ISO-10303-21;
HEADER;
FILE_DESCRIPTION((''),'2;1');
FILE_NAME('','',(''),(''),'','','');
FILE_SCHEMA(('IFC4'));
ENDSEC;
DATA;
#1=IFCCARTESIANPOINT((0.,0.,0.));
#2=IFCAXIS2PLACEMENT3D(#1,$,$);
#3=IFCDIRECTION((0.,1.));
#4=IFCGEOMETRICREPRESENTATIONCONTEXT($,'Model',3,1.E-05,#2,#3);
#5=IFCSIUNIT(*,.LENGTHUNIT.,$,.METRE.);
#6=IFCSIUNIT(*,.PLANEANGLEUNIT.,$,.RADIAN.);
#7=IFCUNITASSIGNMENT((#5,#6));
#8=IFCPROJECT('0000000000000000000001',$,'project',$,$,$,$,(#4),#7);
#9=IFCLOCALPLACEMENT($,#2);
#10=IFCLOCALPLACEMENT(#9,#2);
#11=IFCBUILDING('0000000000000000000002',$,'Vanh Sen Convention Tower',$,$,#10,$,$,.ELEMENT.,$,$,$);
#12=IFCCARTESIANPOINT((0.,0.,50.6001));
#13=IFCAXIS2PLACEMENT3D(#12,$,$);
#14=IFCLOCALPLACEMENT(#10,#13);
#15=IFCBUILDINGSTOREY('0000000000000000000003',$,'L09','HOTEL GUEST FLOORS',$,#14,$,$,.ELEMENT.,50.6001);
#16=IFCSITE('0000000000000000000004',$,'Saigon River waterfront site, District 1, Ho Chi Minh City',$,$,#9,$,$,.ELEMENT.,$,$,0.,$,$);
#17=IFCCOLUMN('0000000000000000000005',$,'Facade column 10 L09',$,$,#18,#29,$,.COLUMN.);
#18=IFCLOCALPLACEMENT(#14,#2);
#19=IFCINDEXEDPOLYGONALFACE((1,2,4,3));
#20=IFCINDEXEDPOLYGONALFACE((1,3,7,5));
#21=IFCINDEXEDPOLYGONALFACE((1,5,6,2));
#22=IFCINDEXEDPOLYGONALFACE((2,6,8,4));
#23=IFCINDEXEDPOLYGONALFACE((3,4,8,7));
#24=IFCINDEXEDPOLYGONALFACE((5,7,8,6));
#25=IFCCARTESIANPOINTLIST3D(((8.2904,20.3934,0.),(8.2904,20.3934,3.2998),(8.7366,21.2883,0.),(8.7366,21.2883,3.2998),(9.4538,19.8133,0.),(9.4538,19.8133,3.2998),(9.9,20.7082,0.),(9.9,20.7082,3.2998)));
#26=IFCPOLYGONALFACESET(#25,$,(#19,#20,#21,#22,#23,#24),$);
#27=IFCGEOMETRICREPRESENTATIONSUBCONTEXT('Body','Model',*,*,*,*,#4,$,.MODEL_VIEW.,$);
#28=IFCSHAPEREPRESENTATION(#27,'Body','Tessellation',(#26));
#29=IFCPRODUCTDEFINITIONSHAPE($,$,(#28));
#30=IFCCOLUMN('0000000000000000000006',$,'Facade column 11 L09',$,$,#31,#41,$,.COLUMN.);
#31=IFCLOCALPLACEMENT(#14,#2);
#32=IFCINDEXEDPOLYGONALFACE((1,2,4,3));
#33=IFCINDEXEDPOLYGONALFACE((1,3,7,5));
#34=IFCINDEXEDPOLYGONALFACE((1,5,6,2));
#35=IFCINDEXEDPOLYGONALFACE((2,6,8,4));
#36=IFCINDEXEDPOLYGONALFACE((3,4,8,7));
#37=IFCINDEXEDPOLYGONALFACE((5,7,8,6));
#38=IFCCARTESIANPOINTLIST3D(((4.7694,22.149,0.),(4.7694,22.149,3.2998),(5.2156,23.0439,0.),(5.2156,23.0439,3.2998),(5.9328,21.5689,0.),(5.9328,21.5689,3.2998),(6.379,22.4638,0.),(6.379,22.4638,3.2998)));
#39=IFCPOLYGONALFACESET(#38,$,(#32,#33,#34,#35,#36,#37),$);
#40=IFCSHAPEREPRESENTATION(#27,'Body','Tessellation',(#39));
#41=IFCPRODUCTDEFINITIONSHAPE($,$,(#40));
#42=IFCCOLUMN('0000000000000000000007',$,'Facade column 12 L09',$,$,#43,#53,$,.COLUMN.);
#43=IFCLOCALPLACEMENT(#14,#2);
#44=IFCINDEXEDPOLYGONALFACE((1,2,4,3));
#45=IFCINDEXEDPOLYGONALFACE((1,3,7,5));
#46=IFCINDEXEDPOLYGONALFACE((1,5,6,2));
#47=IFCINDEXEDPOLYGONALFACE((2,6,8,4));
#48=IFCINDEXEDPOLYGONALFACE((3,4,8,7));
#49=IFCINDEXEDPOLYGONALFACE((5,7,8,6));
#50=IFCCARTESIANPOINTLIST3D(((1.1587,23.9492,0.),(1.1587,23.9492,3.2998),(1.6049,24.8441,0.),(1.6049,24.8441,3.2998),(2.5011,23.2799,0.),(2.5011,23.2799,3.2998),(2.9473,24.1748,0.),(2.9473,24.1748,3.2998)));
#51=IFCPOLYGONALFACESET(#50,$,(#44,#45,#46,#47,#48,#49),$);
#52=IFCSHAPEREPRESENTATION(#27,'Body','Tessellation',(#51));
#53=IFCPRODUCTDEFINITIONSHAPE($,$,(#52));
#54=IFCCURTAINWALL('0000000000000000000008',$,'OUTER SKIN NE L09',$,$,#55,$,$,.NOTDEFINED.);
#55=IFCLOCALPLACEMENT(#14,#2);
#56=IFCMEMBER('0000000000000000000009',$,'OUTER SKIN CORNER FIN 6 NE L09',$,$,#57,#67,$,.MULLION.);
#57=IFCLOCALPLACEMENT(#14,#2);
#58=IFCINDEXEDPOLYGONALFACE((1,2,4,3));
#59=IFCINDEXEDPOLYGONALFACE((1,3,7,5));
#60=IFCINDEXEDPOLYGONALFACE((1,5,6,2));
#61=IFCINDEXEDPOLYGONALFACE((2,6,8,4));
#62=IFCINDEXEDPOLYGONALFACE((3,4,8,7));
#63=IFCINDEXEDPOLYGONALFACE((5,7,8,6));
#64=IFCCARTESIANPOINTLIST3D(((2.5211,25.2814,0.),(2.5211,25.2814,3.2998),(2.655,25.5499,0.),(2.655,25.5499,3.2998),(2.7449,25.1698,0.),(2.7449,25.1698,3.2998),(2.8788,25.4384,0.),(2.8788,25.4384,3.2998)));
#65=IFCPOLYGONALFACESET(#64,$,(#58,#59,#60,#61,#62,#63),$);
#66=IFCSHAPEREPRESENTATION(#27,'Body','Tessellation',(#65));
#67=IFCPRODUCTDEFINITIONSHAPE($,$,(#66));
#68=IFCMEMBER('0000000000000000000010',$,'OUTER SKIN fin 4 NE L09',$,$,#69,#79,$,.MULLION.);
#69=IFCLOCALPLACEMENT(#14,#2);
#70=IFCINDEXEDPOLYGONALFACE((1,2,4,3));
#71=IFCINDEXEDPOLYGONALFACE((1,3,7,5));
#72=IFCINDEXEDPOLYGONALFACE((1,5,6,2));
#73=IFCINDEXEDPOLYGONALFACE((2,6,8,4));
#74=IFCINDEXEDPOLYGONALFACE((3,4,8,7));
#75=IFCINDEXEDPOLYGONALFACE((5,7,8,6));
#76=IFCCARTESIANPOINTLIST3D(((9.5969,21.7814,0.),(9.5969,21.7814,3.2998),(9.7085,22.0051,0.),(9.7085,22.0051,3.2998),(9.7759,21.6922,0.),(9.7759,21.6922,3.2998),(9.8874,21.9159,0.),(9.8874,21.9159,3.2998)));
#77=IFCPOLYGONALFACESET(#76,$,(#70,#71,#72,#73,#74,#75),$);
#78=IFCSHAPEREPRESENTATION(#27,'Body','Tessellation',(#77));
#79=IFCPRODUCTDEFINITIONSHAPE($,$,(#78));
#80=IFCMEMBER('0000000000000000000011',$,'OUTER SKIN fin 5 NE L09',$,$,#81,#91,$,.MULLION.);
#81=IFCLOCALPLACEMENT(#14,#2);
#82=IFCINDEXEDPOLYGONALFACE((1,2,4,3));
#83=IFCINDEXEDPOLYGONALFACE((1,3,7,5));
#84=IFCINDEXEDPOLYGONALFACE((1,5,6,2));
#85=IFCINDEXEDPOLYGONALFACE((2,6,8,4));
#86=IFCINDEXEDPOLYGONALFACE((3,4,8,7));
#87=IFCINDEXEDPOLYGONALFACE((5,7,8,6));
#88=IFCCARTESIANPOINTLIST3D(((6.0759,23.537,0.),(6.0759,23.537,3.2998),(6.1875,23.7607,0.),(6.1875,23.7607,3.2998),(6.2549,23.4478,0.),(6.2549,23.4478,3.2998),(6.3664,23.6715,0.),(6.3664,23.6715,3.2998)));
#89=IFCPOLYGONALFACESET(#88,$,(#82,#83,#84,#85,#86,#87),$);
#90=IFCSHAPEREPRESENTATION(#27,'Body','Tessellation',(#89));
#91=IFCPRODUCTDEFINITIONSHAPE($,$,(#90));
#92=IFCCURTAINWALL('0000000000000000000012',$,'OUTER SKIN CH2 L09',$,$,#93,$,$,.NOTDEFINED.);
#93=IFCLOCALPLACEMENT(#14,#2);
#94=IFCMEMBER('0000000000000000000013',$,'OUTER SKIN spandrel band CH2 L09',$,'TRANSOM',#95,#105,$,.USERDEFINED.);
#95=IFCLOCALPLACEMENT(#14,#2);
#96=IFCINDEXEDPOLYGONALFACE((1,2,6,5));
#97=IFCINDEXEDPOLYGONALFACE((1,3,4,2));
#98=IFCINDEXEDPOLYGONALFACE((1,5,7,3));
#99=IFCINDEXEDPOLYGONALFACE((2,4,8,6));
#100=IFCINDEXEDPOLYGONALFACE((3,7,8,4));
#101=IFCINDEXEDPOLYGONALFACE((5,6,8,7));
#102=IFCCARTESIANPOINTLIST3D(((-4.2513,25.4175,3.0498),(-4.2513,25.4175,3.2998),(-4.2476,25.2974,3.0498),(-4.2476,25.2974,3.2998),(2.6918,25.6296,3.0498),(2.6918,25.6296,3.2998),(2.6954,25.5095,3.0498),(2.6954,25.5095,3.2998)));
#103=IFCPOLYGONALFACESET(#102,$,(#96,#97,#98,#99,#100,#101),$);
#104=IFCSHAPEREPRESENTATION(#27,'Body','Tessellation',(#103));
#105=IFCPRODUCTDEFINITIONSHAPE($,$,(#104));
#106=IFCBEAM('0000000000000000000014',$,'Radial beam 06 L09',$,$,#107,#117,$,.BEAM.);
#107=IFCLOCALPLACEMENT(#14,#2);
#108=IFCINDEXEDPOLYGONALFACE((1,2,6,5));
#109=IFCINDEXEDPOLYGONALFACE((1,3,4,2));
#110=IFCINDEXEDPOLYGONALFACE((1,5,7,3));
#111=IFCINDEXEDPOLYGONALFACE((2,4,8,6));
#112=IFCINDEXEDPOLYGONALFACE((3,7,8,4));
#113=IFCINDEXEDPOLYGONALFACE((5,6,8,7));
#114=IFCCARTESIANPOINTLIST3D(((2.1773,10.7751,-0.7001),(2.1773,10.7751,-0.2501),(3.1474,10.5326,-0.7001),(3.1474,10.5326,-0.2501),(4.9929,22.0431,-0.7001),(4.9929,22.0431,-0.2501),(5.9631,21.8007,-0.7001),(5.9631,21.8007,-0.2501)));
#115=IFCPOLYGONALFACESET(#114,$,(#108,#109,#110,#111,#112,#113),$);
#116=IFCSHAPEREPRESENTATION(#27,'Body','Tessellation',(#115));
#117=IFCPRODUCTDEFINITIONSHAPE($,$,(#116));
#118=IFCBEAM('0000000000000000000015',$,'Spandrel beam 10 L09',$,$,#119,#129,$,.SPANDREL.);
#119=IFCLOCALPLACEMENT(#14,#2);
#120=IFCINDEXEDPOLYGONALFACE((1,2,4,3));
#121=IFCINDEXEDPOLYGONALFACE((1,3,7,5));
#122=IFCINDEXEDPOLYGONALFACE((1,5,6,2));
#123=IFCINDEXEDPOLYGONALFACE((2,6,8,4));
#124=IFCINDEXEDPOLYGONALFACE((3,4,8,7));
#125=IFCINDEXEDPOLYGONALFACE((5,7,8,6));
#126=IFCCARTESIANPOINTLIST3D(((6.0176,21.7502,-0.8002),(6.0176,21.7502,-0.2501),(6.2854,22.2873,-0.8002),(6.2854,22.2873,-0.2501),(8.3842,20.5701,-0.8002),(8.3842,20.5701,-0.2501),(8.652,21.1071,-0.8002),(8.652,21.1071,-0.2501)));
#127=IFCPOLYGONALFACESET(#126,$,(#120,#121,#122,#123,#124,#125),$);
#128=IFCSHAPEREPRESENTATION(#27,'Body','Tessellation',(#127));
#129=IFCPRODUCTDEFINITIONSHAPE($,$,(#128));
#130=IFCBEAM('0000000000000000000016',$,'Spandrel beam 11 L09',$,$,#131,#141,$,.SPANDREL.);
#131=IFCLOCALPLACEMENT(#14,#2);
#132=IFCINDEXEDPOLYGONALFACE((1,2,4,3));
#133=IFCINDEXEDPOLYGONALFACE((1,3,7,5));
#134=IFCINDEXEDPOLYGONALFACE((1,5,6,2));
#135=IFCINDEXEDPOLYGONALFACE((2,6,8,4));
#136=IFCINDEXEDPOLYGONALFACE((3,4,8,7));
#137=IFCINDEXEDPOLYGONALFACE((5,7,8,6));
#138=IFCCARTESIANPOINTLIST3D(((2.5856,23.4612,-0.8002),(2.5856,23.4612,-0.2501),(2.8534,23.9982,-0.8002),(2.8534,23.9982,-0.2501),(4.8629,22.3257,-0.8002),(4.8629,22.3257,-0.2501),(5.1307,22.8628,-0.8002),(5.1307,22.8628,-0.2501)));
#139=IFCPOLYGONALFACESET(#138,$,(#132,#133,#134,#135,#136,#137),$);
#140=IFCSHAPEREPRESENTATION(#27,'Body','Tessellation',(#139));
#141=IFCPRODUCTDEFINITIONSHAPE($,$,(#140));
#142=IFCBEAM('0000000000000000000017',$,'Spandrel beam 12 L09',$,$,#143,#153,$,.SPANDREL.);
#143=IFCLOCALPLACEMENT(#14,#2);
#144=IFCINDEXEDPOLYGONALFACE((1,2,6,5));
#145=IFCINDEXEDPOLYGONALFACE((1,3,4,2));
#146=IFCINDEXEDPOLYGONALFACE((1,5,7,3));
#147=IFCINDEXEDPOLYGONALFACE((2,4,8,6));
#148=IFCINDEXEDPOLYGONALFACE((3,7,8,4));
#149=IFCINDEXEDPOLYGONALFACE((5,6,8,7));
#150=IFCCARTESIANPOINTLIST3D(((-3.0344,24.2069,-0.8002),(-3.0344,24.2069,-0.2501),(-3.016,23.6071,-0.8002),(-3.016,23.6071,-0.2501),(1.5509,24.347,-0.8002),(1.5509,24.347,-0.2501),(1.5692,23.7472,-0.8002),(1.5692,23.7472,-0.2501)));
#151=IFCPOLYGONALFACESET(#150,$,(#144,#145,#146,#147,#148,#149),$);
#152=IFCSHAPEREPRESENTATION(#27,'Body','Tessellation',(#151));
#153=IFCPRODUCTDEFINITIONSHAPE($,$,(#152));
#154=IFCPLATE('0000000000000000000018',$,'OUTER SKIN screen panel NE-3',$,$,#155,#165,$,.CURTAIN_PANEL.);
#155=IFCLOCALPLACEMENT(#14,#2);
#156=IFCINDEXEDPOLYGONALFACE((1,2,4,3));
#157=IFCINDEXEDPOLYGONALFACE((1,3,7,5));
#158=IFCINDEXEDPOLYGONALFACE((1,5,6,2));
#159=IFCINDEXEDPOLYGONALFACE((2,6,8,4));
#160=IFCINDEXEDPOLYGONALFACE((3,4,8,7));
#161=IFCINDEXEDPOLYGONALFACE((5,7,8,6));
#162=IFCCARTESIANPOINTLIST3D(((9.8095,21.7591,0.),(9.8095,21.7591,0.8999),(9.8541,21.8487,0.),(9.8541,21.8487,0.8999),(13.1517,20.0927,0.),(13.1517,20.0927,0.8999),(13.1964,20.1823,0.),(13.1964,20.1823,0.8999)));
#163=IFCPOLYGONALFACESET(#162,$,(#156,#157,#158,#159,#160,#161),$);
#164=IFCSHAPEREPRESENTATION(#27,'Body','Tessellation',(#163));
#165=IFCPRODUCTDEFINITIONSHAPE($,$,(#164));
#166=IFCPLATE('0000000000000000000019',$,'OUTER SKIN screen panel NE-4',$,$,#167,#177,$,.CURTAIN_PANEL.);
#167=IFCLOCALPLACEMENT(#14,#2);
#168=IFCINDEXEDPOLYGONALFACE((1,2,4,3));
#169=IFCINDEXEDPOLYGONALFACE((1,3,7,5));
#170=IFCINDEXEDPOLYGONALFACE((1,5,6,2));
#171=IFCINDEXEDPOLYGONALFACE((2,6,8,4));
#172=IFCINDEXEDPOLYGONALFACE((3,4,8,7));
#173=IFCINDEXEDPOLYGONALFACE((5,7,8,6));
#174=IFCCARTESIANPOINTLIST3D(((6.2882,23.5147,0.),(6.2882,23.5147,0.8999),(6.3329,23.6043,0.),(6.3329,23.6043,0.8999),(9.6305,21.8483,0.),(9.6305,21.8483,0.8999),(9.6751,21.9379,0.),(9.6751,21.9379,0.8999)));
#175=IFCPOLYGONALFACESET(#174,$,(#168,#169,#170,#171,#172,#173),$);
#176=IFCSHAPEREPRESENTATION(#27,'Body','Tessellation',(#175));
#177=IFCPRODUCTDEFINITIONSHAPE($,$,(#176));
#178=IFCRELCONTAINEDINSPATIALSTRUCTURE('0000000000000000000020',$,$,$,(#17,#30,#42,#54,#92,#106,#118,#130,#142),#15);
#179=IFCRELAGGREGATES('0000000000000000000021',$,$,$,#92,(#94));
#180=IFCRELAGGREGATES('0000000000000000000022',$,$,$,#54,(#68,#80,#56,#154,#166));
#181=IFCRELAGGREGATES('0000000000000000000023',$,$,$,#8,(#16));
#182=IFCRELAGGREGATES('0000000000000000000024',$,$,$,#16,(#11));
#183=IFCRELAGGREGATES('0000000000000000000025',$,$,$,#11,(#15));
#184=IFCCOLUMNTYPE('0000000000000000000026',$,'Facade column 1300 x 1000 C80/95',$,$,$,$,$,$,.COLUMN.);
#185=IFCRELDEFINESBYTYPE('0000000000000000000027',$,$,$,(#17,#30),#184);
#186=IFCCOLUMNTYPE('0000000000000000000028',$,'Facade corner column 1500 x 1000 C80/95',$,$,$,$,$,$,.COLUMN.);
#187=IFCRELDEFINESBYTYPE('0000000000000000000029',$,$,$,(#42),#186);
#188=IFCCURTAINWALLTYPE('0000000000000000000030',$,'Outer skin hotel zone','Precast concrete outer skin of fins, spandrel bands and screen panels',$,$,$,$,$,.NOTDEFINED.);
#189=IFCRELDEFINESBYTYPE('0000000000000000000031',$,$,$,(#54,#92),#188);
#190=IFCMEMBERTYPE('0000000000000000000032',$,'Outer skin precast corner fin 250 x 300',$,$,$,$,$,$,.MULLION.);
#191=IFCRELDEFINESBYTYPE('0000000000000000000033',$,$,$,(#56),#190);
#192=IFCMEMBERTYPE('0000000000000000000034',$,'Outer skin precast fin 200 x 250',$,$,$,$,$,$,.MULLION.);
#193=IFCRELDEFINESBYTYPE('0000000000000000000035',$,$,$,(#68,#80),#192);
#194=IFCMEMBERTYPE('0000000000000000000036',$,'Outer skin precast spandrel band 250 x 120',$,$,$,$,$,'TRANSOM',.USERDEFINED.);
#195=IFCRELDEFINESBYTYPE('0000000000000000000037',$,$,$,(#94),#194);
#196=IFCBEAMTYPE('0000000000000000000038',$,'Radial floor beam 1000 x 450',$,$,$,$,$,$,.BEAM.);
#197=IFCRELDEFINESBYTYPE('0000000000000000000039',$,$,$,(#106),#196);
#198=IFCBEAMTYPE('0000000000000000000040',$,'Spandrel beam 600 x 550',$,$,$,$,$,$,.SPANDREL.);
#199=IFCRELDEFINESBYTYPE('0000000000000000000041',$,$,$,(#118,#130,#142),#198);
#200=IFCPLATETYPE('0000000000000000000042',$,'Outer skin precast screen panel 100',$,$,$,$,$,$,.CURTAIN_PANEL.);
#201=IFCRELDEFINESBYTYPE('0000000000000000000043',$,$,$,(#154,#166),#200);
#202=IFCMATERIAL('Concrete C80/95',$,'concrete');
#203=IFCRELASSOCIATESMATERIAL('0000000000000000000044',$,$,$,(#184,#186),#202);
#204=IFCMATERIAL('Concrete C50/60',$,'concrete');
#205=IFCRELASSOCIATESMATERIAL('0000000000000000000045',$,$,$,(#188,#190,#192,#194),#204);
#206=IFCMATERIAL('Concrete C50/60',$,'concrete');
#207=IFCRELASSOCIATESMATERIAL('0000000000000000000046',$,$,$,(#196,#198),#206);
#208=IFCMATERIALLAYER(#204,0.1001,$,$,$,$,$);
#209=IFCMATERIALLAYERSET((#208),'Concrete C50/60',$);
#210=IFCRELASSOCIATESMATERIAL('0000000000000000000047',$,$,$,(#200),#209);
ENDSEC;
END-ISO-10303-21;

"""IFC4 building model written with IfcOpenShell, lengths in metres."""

from ifc_helpers import new_model, si_unit, direction, frame, origin, origin_2d, place, context, subcontext, project, spatial, rectangle, extrude, material, layer, layer_set, material_profile, profile_set, type_object, element, aggregate, save


model = new_model("IFC4")

# Units and contexts
model_context = context("Model", 3, precision=1e-05, world=origin(), true_north=direction((0.0, 1.0)))
body_context = subcontext(model_context, "Body", "Model", "MODEL_VIEW")
ifc_project = project(units=[si_unit("LENGTHUNIT", "METRE"), si_unit("PLANEANGLEUNIT", "RADIAN")], contexts=[model_context])

# Site, building, storey
site_placement = place(None, origin())
site = spatial("IfcSite", under=ifc_project, at=site_placement, Name="Saigon River waterfront site, District 1, Ho Chi Minh City", CompositionType="ELEMENT", RefElevation=0.0)
building_placement = place(site_placement, origin())
building = spatial("IfcBuilding", under=site, at=building_placement, Name="Vanh Sen Convention Tower", CompositionType="ELEMENT")
storey_placement = place(building_placement, frame((0.0, 0.0, 50.6001)))
storey = spatial("IfcBuildingStorey", under=building, at=storey_placement, Name="L09", Description="HOTEL GUEST FLOORS", CompositionType="ELEMENT", Elevation=50.6001)

# Columns
ifc_material_1 = material(Name="Concrete C80/95", Category="concrete")
ifc_material_profile_1 = material_profile(ifc_material_1, rectangle(XDim=1.3, YDim=1.0, at=origin_2d()), Name="RC 1300X1000")
ifc_profile_set_1 = profile_set([ifc_material_profile_1], Name="Concrete C80/95")
column_type_1 = type_object("IfcColumnType", Name="Facade column 1300 x 1000 C80/95", PredefinedType="COLUMN", material=ifc_profile_set_1)
for number, where, z_axis, x_axis, name in (
    (1, (9.0952, 20.5508, 0.0), (0.0, 0.0, 1.0), (-0.894934, 0.446198, 0.0), "Facade column 10 L09"),
    (2, (5.5742, 22.3064, 0.0), (0.0, 0.0, 1.0), (-0.894934, 0.446198, 0.0), "Facade column 11 L09"),
):
    element("IfcColumn", number, at=place(storey_placement, frame(where, z_axis=z_axis, x_axis=x_axis)), inside=storey, type_object=column_type_1, Name=name, PredefinedType="COLUMN", context=body_context, shape_type="SweptSolid", body=[
        extrude(rectangle(XDim=1.3, YDim=1.0, at=origin_2d()), origin(), (0.0, 0.0, 1.0), 3.2998),
    ])
ifc_material_profile_2 = material_profile(ifc_material_1, rectangle(XDim=1.5, YDim=1.0, at=origin_2d()), Name="RC 1500X1000")
ifc_profile_set_2 = profile_set([ifc_material_profile_2], Name="Concrete C80/95")
column_type_2 = type_object("IfcColumnType", Name="Facade corner column 1500 x 1000 C80/95", PredefinedType="COLUMN", material=ifc_profile_set_2)
column_placement = place(storey_placement, frame((2.053, 24.062, 0.0), z_axis=(0.0, 0.0, 1.0), x_axis=(-0.894934, 0.446198, 0.0)))
element("IfcColumn", 3, at=column_placement, inside=storey, type_object=column_type_2, Name="Facade column 12 L09", PredefinedType="COLUMN", context=body_context, shape_type="SweptSolid", body=[
    extrude(rectangle(XDim=1.5, YDim=1.0, at=origin_2d()), origin(), (0.0, 0.0, 1.0), 3.2998),
])

# Curtain wall, members
ifc_material_2 = material(Name="Concrete C50/60", Category="concrete")
curtain_wall_type = type_object("IfcCurtainWallType", Name="Outer skin hotel zone", Description="Precast concrete outer skin of fins, spandrel bands and screen panels", PredefinedType="NOTDEFINED", material=ifc_material_2)
curtain_wall_1_placement = place(storey_placement, origin())
curtain_wall_1 = element("IfcCurtainWall", 4, at=curtain_wall_1_placement, inside=storey, type_object=curtain_wall_type, Name="OUTER SKIN NE L09", PredefinedType="NOTDEFINED")
ifc_material_profile_3 = material_profile(ifc_material_2, rectangle(XDim=0.25, YDim=0.3, at=origin_2d()), Name="Outer skin precast corner fin 250 x 300")
ifc_profile_set_3 = profile_set([ifc_material_profile_3], Name="Concrete C50/60")
member_type_1 = type_object("IfcMemberType", Name="Outer skin precast corner fin 250 x 300", PredefinedType="MULLION", material=ifc_profile_set_3)
member_1_placement = place(storey_placement, frame((2.7, 25.3599, 0.0), z_axis=(0.0, 0.0, 1.0), x_axis=(-0.894934, 0.446198, 0.0)))
member_1 = element("IfcMember", 5, at=member_1_placement, type_object=member_type_1, Name="OUTER SKIN CORNER FIN 6 NE L09", PredefinedType="MULLION", context=body_context, shape_type="SweptSolid", body=[
    extrude(rectangle(XDim=0.25, YDim=0.3, at=origin_2d()), origin(), (0.0, 0.0, 1.0), 3.2998),
])
ifc_material_profile_4 = material_profile(ifc_material_2, rectangle(XDim=0.2, YDim=0.25, at=origin_2d()), Name="Outer skin precast fin 200 x 250")
ifc_profile_set_4 = profile_set([ifc_material_profile_4], Name="Concrete C50/60")
member_type_2 = type_object("IfcMemberType", Name="Outer skin precast fin 200 x 250", PredefinedType="MULLION", material=ifc_profile_set_4)
member_2_placement = place(storey_placement, frame((9.7422, 21.8486, 0.0), z_axis=(0.0, 0.0, 1.0), x_axis=(-0.894934, 0.446198, 0.0)))
member_2 = element("IfcMember", 6, at=member_2_placement, type_object=member_type_2, Name="OUTER SKIN fin 4 NE L09", PredefinedType="MULLION", context=body_context, shape_type="SweptSolid", body=[
    extrude(rectangle(XDim=0.2, YDim=0.25, at=origin_2d()), origin(), (0.0, 0.0, 1.0), 3.2998),
])
member_3_placement = place(storey_placement, frame((6.2212, 23.6042, 0.0), z_axis=(0.0, 0.0, 1.0), x_axis=(-0.894934, 0.446198, 0.0)))
member_3 = element("IfcMember", 7, at=member_3_placement, type_object=member_type_2, Name="OUTER SKIN fin 5 NE L09", PredefinedType="MULLION", context=body_context, shape_type="SweptSolid", body=[
    extrude(rectangle(XDim=0.2, YDim=0.25, at=origin_2d()), origin(), (0.0, 0.0, 1.0), 3.2998),
])

# Curtain wall, member
curtain_wall_2_placement = place(storey_placement, origin())
curtain_wall_2 = element("IfcCurtainWall", 8, at=curtain_wall_2_placement, inside=storey, type_object=curtain_wall_type, Name="OUTER SKIN CH2 L09", PredefinedType="NOTDEFINED")
ifc_material_profile_5 = material_profile(ifc_material_2, rectangle(XDim=0.1201, YDim=0.25, at=origin_2d()), Name="Outer skin precast spandrel band 250 x 120")
ifc_profile_set_5 = profile_set([ifc_material_profile_5], Name="Concrete C50/60")
member_type_3 = type_object("IfcMemberType", Name="Outer skin precast spandrel band 250 x 120", ElementType="TRANSOM", PredefinedType="USERDEFINED", material=ifc_profile_set_5)
member_4_placement = place(storey_placement, frame((2.6936, 25.5696, 3.1748), z_axis=(-0.999533, -0.030542, 0.0), x_axis=(0.030542, -0.999533, 0.0)))
member_4 = element("IfcMember", 9, at=member_4_placement, type_object=member_type_3, Name="OUTER SKIN spandrel band CH2 L09", ObjectType="TRANSOM", PredefinedType="USERDEFINED", context=body_context, shape_type="SweptSolid", body=[
    extrude(rectangle(XDim=0.1201, YDim=0.25, at=origin_2d()), origin(), (0.0, 0.0, 1.0), 6.9463),
])
aggregate(curtain_wall_2, [member_4])

# Beams
ifc_material_3 = material(Name="Concrete C50/60", Category="concrete")
ifc_material_profile_6 = material_profile(ifc_material_3, rectangle(XDim=1.0, YDim=0.45, at=origin_2d()), Name="RC 1000X450")
ifc_profile_set_6 = profile_set([ifc_material_profile_6], Name="Concrete C50/60")
beam_type_1 = type_object("IfcBeamType", Name="Radial floor beam 1000 x 450", PredefinedType="BEAM", material=ifc_profile_set_6)
beam_1_placement = place(storey_placement, frame((5.478, 21.9219, -0.4751), z_axis=(-0.242427, -0.97017, 0.0), x_axis=(0.97017, -0.242427, 0.0)))
element("IfcBeam", 10, at=beam_1_placement, inside=storey, type_object=beam_type_1, Name="Radial beam 06 L09", PredefinedType="BEAM", context=body_context, shape_type="SweptSolid", body=[
    extrude(rectangle(XDim=1.0, YDim=0.45, at=origin_2d()), origin(), (0.0, 0.0, 1.0), 11.6145),
])
ifc_material_profile_7 = material_profile(ifc_material_3, rectangle(XDim=0.6001, YDim=0.55, at=origin_2d()), Name="RC 600X550")
ifc_profile_set_7 = profile_set([ifc_material_profile_7], Name="Concrete C50/60")
beam_type_2 = type_object("IfcBeamType", Name="Spandrel beam 600 x 550", PredefinedType="SPANDREL", material=ifc_profile_set_7)
beam_2_placement = place(storey_placement, frame((8.5181, 20.8386, -0.5251), z_axis=(-0.894907, 0.446253, 0.0), x_axis=(-0.446253, -0.894907, 0.0)))
element("IfcBeam", 11, at=beam_2_placement, inside=storey, type_object=beam_type_2, Name="Spandrel beam 10 L09", PredefinedType="SPANDREL", context=body_context, shape_type="SweptSolid", body=[
    extrude(rectangle(XDim=0.6001, YDim=0.55, at=origin_2d()), origin(), (0.0, 0.0, 1.0), 2.6445),
])
beam_3_placement = place(storey_placement, frame((4.9968, 22.5942, -0.5251), z_axis=(-0.894926, 0.446216, 0.0), x_axis=(-0.446216, -0.894926, 0.0)))
element("IfcBeam", 12, at=beam_3_placement, inside=storey, type_object=beam_type_2, Name="Spandrel beam 11 L09", PredefinedType="SPANDREL", context=body_context, shape_type="SweptSolid", body=[
    extrude(rectangle(XDim=0.6001, YDim=0.55, at=origin_2d()), origin(), (0.0, 0.0, 1.0), 2.5447),
])
beam_4_placement = place(storey_placement, frame((1.5601, 24.0471, -0.5251), z_axis=(-0.999533, -0.030549, 0.0), x_axis=(0.030549, -0.999533, 0.0)))
element("IfcBeam", 13, at=beam_4_placement, inside=storey, type_object=beam_type_2, Name="Spandrel beam 12 L09", PredefinedType="SPANDREL", context=body_context, shape_type="SweptSolid", body=[
    extrude(rectangle(XDim=0.6001, YDim=0.55, at=origin_2d()), origin(), (0.0, 0.0, 1.0), 4.5874),
])

# Plates
ifc_layer_1 = layer(ifc_material_2, 0.1001)
ifc_layer_set_1 = layer_set([ifc_layer_1], Name="Concrete C50/60")
plate_type = type_object("IfcPlateType", Name="Outer skin precast screen panel 100", PredefinedType="CURTAIN_PANEL", material=ifc_layer_set_1)
plate_1_placement = place(storey_placement, frame((11.5029, 20.9707, 0.0), z_axis=(0.0, 0.0, 1.0), x_axis=(-0.894935, 0.446196, 0.0)))
plate_1 = element("IfcPlate", 14, at=plate_1_placement, type_object=plate_type, Name="OUTER SKIN screen panel NE-3", PredefinedType="CURTAIN_PANEL", context=body_context, shape_type="SweptSolid", body=[
    extrude(rectangle(XDim=3.7346, YDim=0.1001, at=origin_2d()), origin(), (0.0, 0.0, 1.0), 0.8999),
])
plate_2_placement = place(storey_placement, frame((7.9817, 22.7263, 0.0), z_axis=(0.0, 0.0, 1.0), x_axis=(-0.894935, 0.446196, 0.0)))
plate_2 = element("IfcPlate", 15, at=plate_2_placement, type_object=plate_type, Name="OUTER SKIN screen panel NE-4", PredefinedType="CURTAIN_PANEL", context=body_context, shape_type="SweptSolid", body=[
    extrude(rectangle(XDim=3.7346, YDim=0.1001, at=origin_2d()), origin(), (0.0, 0.0, 1.0), 0.8999),
])
aggregate(curtain_wall_1, [member_2, member_3, member_1, plate_1, plate_2])

save(model, "model.ifc")
